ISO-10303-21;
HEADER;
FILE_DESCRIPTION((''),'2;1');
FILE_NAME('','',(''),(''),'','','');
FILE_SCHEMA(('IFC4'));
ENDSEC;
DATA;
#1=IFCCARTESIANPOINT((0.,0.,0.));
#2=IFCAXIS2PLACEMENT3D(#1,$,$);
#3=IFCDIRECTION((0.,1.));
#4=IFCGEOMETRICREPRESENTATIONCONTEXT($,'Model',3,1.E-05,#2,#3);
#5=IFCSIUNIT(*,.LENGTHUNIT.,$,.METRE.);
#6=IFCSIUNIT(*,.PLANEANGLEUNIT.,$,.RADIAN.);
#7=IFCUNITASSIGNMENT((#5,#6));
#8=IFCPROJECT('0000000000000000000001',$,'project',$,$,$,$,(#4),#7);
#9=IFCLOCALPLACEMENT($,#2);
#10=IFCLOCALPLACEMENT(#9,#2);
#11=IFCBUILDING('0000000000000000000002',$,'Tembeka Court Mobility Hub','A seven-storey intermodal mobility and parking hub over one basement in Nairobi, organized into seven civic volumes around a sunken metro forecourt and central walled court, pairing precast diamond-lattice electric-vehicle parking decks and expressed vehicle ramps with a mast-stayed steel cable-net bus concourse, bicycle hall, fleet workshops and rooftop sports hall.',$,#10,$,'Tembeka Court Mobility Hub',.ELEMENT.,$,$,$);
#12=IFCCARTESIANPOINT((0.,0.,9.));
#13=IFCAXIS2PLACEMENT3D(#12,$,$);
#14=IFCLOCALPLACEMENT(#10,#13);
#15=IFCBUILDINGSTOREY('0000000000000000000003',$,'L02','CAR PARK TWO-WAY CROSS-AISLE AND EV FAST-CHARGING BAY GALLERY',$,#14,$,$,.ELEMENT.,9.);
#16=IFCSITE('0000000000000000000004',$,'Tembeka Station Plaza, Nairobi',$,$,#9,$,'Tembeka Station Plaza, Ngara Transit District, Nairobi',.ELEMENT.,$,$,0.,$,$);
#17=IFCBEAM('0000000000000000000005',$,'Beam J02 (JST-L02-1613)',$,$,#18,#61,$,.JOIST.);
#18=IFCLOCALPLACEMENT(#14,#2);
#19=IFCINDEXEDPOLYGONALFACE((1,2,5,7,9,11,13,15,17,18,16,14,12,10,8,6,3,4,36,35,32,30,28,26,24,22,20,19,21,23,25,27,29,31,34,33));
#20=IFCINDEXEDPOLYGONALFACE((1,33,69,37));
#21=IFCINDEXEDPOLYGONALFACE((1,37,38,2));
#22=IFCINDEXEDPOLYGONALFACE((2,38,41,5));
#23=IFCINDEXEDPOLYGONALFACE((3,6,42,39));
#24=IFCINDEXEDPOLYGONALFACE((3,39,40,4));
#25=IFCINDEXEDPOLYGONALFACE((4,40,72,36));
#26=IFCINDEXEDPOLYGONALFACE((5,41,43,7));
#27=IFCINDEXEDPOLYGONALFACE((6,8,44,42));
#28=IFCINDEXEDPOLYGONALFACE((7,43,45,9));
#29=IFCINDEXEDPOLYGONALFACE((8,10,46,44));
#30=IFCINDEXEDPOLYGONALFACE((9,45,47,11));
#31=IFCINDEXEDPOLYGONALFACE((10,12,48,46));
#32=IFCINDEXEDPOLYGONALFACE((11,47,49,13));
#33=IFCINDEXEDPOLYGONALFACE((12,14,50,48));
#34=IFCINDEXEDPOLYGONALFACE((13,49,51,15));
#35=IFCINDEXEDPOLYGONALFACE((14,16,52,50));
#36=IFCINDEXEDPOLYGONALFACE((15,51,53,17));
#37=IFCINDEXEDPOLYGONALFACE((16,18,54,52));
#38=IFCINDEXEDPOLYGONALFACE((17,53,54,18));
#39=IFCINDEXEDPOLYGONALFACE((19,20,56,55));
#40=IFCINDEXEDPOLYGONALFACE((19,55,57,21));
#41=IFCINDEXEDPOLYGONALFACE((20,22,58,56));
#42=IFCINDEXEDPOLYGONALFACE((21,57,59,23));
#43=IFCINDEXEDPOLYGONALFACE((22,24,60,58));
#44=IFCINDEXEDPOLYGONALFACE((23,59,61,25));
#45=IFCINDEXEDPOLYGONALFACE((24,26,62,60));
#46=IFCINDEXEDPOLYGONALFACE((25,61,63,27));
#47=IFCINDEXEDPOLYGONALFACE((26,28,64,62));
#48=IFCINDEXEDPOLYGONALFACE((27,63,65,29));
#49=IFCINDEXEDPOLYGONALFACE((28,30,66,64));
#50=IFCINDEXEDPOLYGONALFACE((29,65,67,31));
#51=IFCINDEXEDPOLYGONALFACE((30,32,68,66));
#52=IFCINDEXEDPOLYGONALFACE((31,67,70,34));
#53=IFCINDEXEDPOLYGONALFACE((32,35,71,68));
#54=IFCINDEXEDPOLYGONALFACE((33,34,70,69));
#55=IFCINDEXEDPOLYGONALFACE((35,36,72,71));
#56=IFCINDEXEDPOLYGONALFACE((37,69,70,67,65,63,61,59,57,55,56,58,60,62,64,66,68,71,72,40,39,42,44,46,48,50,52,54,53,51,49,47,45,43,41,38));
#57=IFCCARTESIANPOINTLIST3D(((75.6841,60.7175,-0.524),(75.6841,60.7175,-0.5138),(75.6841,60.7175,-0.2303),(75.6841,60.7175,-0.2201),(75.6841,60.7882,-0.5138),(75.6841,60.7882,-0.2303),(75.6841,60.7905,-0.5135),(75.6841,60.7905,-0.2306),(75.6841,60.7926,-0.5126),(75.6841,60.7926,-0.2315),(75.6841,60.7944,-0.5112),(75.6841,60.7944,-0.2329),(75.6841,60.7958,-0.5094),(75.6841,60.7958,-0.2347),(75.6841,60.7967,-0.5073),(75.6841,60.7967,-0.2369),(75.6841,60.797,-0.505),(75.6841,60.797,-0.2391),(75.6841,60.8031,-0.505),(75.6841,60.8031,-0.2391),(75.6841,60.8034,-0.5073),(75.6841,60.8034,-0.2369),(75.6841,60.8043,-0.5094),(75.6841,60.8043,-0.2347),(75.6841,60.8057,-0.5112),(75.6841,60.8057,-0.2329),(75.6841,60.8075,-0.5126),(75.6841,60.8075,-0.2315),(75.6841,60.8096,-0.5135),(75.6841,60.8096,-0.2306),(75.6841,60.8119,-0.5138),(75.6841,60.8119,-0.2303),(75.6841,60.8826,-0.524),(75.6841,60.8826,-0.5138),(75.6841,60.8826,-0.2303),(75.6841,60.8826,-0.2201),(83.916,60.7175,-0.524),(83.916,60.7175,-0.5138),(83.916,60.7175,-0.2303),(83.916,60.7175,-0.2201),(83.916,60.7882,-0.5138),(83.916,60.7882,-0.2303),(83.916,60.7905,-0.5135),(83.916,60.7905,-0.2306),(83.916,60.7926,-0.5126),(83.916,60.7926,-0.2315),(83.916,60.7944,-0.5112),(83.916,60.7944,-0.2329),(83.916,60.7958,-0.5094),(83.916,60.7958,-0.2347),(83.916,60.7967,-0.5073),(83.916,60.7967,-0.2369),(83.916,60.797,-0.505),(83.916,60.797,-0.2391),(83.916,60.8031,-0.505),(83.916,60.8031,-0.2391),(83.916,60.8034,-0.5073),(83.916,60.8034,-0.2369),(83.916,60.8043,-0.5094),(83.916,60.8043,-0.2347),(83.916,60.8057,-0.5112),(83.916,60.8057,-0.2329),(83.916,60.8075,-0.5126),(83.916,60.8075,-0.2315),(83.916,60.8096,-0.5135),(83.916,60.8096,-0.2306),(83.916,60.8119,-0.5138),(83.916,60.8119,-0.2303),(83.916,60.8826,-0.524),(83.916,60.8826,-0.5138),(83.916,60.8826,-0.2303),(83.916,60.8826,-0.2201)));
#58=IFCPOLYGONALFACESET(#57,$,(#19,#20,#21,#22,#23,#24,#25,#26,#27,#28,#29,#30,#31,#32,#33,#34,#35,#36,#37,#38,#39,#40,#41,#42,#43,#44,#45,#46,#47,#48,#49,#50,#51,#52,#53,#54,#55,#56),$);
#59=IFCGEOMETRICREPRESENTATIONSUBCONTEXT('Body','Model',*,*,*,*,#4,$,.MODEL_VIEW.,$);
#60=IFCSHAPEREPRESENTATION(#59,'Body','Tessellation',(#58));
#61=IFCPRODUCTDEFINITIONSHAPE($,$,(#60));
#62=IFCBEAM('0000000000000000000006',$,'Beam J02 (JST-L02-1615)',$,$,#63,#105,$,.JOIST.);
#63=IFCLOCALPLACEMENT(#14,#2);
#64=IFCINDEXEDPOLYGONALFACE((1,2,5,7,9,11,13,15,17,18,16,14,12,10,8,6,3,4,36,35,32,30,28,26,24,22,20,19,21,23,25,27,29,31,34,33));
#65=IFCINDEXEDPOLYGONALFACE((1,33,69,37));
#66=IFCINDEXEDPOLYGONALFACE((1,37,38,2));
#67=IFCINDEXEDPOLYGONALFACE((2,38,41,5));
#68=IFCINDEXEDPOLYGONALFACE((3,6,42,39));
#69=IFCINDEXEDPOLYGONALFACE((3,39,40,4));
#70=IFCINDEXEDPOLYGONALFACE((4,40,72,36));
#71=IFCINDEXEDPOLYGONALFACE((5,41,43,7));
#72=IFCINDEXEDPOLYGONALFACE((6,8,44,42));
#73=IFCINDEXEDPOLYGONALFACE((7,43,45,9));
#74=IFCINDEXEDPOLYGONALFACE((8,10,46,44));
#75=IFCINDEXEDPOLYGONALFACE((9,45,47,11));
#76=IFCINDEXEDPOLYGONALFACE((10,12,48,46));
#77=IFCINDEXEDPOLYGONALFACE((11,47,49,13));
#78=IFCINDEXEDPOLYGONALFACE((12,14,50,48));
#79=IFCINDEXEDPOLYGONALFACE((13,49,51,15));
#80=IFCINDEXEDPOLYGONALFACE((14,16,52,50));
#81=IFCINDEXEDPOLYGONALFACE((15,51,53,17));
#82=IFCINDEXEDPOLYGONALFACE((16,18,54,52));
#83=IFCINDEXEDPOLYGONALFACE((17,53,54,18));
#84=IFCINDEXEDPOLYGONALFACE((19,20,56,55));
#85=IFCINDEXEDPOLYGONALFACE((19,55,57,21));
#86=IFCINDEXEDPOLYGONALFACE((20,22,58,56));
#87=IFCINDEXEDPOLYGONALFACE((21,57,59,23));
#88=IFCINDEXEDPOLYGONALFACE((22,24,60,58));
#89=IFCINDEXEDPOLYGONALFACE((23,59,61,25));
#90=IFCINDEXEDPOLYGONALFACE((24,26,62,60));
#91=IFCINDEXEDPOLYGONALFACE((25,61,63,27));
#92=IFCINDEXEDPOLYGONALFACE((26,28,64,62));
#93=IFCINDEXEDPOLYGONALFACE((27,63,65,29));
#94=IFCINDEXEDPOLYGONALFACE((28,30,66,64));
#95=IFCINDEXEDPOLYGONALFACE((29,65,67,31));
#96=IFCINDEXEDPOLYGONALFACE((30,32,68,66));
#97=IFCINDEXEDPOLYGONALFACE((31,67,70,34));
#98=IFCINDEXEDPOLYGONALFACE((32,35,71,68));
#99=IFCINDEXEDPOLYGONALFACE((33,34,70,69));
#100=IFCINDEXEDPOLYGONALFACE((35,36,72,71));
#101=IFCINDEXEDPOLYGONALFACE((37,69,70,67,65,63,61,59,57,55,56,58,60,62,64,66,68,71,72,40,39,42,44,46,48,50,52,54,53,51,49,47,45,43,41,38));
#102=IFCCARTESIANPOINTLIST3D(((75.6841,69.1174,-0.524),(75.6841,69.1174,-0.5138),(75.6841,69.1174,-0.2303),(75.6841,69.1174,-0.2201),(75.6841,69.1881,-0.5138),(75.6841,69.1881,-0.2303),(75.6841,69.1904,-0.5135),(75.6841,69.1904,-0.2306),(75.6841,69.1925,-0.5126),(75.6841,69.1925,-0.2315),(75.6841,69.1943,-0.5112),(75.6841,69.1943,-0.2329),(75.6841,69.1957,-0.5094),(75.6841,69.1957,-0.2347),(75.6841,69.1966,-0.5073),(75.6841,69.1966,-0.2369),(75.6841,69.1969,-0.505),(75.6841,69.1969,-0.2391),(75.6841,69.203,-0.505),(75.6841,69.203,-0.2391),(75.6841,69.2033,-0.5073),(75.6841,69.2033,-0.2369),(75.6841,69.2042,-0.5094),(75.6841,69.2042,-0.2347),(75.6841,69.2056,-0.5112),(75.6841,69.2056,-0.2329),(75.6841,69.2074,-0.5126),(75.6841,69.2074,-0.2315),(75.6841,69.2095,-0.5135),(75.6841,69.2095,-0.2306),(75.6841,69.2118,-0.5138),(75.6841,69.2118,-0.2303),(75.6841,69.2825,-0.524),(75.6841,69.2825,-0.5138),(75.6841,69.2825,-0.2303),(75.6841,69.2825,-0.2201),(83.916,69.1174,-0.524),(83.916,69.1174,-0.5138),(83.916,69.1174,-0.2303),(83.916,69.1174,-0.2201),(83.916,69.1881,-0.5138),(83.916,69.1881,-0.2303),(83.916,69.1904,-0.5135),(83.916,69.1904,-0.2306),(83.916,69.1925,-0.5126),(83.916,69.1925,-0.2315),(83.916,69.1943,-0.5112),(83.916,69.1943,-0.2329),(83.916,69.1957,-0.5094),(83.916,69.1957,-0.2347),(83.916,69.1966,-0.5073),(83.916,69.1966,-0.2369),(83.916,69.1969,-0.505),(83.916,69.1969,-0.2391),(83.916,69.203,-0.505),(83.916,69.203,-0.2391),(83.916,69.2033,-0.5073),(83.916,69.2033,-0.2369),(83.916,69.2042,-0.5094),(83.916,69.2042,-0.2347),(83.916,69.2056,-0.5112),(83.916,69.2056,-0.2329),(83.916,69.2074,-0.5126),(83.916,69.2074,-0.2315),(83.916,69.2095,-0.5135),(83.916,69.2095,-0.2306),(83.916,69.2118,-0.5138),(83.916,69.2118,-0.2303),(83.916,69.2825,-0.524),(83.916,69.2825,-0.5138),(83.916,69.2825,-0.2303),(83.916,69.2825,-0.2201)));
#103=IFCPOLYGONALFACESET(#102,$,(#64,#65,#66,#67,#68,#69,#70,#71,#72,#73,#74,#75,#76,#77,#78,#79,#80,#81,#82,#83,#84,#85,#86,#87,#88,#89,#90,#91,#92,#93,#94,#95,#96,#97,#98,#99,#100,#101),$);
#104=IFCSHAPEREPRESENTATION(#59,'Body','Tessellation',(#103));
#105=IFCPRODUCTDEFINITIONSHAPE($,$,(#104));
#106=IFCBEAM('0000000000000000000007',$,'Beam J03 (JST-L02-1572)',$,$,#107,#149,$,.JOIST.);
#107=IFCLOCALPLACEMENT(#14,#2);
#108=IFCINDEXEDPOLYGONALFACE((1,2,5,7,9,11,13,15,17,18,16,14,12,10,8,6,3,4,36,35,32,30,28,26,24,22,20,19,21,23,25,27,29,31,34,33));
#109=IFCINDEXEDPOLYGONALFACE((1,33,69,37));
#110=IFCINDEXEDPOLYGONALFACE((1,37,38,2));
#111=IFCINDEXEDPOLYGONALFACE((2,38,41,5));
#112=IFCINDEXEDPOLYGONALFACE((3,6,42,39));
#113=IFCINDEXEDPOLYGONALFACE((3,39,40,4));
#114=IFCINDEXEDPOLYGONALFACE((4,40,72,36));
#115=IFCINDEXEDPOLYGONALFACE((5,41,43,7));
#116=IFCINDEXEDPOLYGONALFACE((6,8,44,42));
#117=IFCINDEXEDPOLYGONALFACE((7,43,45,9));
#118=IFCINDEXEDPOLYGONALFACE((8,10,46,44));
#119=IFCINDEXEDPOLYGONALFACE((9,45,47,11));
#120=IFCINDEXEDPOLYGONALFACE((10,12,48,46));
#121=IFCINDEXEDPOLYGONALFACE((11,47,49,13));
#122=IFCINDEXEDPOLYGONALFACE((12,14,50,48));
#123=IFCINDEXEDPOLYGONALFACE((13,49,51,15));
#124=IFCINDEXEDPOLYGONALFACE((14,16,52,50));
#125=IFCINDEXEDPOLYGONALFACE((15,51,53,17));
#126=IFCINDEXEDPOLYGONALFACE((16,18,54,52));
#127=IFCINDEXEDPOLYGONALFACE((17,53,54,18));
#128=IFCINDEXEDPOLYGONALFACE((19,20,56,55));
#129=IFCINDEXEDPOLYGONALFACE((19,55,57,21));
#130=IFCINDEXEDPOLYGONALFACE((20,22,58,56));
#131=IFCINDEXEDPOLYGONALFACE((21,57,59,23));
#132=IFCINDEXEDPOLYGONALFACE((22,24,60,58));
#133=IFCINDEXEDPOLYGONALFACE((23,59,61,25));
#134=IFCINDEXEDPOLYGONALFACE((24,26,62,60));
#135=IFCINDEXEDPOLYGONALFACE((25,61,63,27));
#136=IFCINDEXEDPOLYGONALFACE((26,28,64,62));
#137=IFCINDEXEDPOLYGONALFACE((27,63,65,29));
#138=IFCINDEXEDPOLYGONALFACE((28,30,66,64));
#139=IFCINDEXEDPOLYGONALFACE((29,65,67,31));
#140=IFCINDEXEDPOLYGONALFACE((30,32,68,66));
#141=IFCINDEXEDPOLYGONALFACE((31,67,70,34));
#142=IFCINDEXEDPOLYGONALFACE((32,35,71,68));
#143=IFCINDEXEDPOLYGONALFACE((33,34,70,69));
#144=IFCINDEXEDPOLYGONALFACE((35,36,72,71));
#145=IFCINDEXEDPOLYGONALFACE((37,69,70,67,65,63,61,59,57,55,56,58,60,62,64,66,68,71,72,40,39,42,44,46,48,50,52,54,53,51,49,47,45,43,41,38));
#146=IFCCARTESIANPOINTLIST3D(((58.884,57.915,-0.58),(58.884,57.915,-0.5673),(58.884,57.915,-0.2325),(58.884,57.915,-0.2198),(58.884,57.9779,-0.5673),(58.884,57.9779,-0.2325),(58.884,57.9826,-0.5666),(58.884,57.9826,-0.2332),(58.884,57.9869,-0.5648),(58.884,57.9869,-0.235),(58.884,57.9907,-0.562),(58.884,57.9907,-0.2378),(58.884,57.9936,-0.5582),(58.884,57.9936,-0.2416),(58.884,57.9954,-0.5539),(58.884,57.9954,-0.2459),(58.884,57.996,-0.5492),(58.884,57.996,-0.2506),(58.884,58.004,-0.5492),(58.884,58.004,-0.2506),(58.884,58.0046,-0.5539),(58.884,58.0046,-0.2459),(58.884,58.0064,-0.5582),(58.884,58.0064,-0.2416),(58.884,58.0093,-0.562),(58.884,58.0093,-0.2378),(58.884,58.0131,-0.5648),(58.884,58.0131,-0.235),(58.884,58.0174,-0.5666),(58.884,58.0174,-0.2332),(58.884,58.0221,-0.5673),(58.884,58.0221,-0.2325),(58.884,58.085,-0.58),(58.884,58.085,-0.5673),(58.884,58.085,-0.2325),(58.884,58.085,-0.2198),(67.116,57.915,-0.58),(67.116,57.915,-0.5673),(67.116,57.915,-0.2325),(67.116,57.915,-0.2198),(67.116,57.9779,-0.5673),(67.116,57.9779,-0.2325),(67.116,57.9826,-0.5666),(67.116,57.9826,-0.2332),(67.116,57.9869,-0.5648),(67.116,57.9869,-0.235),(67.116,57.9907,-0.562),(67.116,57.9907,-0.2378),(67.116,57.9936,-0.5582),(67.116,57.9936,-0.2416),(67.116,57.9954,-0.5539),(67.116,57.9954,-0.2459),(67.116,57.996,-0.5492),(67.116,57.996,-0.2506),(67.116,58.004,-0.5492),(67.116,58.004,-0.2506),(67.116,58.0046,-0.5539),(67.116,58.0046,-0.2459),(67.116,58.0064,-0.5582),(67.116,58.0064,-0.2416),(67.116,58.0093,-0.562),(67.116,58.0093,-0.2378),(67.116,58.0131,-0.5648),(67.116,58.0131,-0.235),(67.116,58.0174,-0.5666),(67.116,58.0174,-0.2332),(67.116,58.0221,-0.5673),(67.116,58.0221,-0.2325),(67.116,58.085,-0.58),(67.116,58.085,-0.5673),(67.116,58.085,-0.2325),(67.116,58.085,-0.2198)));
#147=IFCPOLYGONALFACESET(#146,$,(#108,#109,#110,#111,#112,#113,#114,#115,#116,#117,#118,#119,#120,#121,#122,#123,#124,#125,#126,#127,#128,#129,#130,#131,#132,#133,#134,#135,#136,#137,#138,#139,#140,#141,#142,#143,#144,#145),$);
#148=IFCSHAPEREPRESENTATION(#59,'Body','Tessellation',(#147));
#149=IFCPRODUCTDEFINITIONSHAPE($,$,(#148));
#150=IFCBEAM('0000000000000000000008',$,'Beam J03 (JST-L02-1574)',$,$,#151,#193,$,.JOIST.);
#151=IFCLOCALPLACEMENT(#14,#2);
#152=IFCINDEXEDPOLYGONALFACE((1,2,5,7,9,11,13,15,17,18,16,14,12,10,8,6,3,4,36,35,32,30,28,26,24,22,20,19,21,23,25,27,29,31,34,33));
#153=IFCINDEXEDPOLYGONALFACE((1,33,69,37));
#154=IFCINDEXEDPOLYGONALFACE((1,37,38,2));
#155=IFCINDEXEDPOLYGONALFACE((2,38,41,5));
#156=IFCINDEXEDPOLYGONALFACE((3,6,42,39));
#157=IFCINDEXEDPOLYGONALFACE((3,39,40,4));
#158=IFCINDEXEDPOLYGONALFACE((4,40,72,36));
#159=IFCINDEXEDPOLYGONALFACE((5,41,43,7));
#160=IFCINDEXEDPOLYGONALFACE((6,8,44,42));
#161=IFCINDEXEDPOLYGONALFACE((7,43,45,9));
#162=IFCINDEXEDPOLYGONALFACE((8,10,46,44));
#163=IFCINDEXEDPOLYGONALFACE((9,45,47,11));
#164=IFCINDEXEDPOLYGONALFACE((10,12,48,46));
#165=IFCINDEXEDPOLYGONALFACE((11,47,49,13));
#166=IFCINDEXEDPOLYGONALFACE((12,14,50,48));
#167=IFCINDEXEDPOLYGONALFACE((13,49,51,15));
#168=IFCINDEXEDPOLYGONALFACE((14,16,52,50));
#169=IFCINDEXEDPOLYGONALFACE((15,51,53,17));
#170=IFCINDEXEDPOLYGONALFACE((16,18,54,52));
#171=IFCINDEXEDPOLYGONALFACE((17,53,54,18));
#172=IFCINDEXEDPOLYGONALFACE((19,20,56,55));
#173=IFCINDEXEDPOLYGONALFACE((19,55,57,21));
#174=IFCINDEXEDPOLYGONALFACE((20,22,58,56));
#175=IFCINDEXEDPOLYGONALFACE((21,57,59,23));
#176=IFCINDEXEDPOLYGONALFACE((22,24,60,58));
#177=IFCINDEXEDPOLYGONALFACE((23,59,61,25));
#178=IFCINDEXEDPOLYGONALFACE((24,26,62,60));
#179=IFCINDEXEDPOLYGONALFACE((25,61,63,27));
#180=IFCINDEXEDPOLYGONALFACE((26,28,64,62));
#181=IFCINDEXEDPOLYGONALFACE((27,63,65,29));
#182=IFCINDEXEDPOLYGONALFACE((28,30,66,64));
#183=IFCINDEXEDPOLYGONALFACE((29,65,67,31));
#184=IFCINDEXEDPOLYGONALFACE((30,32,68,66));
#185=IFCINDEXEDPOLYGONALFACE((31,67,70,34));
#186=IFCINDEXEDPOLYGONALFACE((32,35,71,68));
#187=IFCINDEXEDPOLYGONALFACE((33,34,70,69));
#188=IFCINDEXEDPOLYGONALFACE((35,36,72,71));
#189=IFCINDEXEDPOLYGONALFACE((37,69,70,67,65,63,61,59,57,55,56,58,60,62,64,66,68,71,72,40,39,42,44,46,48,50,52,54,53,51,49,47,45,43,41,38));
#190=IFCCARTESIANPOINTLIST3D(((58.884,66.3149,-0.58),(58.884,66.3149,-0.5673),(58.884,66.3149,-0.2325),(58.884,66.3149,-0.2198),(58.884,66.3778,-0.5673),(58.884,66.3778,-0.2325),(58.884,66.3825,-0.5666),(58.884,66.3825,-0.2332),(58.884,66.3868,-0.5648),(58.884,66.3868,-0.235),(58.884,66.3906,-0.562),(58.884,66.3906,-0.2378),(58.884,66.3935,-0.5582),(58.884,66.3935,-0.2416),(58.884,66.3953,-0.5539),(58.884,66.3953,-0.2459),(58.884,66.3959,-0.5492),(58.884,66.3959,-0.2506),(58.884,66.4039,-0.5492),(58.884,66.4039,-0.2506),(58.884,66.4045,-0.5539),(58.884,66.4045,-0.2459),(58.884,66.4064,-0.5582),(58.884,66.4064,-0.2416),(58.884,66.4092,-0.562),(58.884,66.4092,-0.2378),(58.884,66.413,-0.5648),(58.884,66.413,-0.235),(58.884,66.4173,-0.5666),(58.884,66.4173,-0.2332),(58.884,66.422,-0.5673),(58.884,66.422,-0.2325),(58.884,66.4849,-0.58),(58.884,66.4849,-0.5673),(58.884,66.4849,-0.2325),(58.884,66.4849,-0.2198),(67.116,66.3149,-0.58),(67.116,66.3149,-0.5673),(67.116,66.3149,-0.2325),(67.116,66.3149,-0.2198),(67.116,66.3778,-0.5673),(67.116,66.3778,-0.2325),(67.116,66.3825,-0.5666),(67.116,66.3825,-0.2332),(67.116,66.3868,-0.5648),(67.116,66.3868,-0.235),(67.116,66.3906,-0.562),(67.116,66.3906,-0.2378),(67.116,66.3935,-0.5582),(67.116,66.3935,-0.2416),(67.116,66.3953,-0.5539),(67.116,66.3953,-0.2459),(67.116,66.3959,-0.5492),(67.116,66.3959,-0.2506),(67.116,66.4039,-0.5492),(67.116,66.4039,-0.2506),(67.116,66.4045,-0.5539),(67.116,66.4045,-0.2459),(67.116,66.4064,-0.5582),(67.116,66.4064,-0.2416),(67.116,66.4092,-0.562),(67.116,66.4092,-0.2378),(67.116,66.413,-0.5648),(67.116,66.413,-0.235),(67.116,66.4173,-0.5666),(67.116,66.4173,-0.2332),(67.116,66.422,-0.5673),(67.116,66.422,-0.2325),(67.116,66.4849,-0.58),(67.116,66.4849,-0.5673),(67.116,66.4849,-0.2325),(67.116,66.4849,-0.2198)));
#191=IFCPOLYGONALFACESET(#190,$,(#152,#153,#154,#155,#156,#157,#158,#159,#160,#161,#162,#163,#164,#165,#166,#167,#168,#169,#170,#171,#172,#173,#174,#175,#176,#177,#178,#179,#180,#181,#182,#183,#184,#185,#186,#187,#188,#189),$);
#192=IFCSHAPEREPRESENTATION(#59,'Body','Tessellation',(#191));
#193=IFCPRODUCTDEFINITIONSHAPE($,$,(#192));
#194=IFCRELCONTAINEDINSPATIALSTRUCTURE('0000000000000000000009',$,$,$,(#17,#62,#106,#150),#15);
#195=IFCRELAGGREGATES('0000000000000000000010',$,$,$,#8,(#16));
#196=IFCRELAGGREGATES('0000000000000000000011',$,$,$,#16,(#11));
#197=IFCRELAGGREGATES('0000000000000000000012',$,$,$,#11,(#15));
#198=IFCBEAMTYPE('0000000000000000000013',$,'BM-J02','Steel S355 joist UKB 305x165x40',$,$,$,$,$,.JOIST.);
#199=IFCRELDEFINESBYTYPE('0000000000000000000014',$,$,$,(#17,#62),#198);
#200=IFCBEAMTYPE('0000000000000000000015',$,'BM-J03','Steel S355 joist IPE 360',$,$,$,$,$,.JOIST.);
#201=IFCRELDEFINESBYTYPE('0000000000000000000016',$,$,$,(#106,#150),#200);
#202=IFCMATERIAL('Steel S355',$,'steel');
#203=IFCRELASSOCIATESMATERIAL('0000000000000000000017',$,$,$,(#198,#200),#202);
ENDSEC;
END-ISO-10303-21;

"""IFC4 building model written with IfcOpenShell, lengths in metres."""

from ifc_helpers import new_model, si_unit, direction, frame, origin, origin_2d, place, context, subcontext, project, spatial, i_section, extrude, material, material_profile, profile_set, type_object, element, save


model = new_model("IFC4")

# Units and contexts
model_context = context("Model", 3, precision=1e-05, world=origin(), true_north=direction((0.0, 1.0)))
body_context = subcontext(model_context, "Body", "Model", "MODEL_VIEW")
ifc_project = project(units=[si_unit("LENGTHUNIT", "METRE"), si_unit("PLANEANGLEUNIT", "RADIAN")], contexts=[model_context])

# Site, building, storey
site_placement = place(None, origin())
site = spatial("IfcSite", under=ifc_project, at=site_placement, Name="Tembeka Station Plaza, Nairobi", LongName="Tembeka Station Plaza, Ngara Transit District, Nairobi", CompositionType="ELEMENT", RefElevation=0.0)
building_placement = place(site_placement, origin())
building = spatial("IfcBuilding", under=site, at=building_placement, Name="Tembeka Court Mobility Hub", Description="A seven-storey intermodal mobility and parking hub over one basement in Nairobi, organized into seven civic volumes around a sunken metro forecourt and central walled court, pairing precast diamond-lattice electric-vehicle parking decks and expressed vehicle ramps with a mast-stayed steel cable-net bus concourse, bicycle hall, fleet workshops and rooftop sports hall.", LongName="Tembeka Court Mobility Hub", CompositionType="ELEMENT")
storey_placement = place(building_placement, frame((0.0, 0.0, 9.0)))
storey = spatial("IfcBuildingStorey", under=building, at=storey_placement, Name="L02", Description="CAR PARK TWO-WAY CROSS-AISLE AND EV FAST-CHARGING BAY GALLERY", CompositionType="ELEMENT", Elevation=9.0)

# Shared definitions
ifc_material_1 = material(Name="Steel S355", Category="steel")

# Beams
ifc_material_profile_1 = material_profile(ifc_material_1, i_section(OverallWidth=0.165, OverallDepth=0.304, WebThickness=0.0061, FlangeThickness=0.0103, FilletRadius=0.0088, at=origin_2d()), Name="UKB 305x165x40")
ifc_profile_set_1 = profile_set([ifc_material_profile_1], Name="Steel S355")
beam_type_1 = type_object("IfcBeamType", Name="BM-J02", Description="Steel S355 joist UKB 305x165x40", PredefinedType="JOIST", material=ifc_profile_set_1)
for number, where, z_axis, x_axis, name in (
    (1, (75.6841, 60.8, -0.3721), (1.0, 0.0, 0.0), (0.0, 1.0, 0.0), "Beam J02 (JST-L02-1613)"),
    (2, (75.6841, 69.2, -0.3721), (1.0, 0.0, 0.0), (0.0, 1.0, 0.0), "Beam J02 (JST-L02-1615)"),
):
    element("IfcBeam", number, at=place(storey_placement, frame(where, z_axis=z_axis, x_axis=x_axis)), inside=storey, type_object=beam_type_1, Name=name, PredefinedType="JOIST", context=body_context, shape_type="SweptSolid", body=[
        extrude(i_section(OverallWidth=0.165, OverallDepth=0.304, WebThickness=0.0061, FlangeThickness=0.0103, FilletRadius=0.0088, at=origin_2d()), origin(), (0.0, 0.0, 1.0), 8.2319),
    ])
ifc_material_profile_2 = material_profile(ifc_material_1, i_section(OverallWidth=0.1699, OverallDepth=0.3601, WebThickness=0.0081, FlangeThickness=0.0127, FilletRadius=0.0181, at=origin_2d()), Name="IPE 360")
ifc_profile_set_2 = profile_set([ifc_material_profile_2], Name="Steel S355")
beam_type_2 = type_object("IfcBeamType", Name="BM-J03", Description="Steel S355 joist IPE 360", PredefinedType="JOIST", material=ifc_profile_set_2)
for number, where, z_axis, x_axis, name in (
    (3, (58.884, 58.0, -0.3999), (1.0, 0.0, 0.0), (0.0, 1.0, 0.0), "Beam J03 (JST-L02-1572)"),
    (4, (58.884, 66.3999, -0.3999), (1.0, 0.0, 0.0), (0.0, 1.0, 0.0), "Beam J03 (JST-L02-1574)"),
):
    element("IfcBeam", number, at=place(storey_placement, frame(where, z_axis=z_axis, x_axis=x_axis)), inside=storey, type_object=beam_type_2, Name=name, PredefinedType="JOIST", context=body_context, shape_type="SweptSolid", body=[
        extrude(i_section(OverallWidth=0.1699, OverallDepth=0.3601, WebThickness=0.0081, FlangeThickness=0.0127, FilletRadius=0.0181, at=origin_2d()), origin(), (0.0, 0.0, 1.0), 8.2319),
    ])

save(model, "model.ifc")
